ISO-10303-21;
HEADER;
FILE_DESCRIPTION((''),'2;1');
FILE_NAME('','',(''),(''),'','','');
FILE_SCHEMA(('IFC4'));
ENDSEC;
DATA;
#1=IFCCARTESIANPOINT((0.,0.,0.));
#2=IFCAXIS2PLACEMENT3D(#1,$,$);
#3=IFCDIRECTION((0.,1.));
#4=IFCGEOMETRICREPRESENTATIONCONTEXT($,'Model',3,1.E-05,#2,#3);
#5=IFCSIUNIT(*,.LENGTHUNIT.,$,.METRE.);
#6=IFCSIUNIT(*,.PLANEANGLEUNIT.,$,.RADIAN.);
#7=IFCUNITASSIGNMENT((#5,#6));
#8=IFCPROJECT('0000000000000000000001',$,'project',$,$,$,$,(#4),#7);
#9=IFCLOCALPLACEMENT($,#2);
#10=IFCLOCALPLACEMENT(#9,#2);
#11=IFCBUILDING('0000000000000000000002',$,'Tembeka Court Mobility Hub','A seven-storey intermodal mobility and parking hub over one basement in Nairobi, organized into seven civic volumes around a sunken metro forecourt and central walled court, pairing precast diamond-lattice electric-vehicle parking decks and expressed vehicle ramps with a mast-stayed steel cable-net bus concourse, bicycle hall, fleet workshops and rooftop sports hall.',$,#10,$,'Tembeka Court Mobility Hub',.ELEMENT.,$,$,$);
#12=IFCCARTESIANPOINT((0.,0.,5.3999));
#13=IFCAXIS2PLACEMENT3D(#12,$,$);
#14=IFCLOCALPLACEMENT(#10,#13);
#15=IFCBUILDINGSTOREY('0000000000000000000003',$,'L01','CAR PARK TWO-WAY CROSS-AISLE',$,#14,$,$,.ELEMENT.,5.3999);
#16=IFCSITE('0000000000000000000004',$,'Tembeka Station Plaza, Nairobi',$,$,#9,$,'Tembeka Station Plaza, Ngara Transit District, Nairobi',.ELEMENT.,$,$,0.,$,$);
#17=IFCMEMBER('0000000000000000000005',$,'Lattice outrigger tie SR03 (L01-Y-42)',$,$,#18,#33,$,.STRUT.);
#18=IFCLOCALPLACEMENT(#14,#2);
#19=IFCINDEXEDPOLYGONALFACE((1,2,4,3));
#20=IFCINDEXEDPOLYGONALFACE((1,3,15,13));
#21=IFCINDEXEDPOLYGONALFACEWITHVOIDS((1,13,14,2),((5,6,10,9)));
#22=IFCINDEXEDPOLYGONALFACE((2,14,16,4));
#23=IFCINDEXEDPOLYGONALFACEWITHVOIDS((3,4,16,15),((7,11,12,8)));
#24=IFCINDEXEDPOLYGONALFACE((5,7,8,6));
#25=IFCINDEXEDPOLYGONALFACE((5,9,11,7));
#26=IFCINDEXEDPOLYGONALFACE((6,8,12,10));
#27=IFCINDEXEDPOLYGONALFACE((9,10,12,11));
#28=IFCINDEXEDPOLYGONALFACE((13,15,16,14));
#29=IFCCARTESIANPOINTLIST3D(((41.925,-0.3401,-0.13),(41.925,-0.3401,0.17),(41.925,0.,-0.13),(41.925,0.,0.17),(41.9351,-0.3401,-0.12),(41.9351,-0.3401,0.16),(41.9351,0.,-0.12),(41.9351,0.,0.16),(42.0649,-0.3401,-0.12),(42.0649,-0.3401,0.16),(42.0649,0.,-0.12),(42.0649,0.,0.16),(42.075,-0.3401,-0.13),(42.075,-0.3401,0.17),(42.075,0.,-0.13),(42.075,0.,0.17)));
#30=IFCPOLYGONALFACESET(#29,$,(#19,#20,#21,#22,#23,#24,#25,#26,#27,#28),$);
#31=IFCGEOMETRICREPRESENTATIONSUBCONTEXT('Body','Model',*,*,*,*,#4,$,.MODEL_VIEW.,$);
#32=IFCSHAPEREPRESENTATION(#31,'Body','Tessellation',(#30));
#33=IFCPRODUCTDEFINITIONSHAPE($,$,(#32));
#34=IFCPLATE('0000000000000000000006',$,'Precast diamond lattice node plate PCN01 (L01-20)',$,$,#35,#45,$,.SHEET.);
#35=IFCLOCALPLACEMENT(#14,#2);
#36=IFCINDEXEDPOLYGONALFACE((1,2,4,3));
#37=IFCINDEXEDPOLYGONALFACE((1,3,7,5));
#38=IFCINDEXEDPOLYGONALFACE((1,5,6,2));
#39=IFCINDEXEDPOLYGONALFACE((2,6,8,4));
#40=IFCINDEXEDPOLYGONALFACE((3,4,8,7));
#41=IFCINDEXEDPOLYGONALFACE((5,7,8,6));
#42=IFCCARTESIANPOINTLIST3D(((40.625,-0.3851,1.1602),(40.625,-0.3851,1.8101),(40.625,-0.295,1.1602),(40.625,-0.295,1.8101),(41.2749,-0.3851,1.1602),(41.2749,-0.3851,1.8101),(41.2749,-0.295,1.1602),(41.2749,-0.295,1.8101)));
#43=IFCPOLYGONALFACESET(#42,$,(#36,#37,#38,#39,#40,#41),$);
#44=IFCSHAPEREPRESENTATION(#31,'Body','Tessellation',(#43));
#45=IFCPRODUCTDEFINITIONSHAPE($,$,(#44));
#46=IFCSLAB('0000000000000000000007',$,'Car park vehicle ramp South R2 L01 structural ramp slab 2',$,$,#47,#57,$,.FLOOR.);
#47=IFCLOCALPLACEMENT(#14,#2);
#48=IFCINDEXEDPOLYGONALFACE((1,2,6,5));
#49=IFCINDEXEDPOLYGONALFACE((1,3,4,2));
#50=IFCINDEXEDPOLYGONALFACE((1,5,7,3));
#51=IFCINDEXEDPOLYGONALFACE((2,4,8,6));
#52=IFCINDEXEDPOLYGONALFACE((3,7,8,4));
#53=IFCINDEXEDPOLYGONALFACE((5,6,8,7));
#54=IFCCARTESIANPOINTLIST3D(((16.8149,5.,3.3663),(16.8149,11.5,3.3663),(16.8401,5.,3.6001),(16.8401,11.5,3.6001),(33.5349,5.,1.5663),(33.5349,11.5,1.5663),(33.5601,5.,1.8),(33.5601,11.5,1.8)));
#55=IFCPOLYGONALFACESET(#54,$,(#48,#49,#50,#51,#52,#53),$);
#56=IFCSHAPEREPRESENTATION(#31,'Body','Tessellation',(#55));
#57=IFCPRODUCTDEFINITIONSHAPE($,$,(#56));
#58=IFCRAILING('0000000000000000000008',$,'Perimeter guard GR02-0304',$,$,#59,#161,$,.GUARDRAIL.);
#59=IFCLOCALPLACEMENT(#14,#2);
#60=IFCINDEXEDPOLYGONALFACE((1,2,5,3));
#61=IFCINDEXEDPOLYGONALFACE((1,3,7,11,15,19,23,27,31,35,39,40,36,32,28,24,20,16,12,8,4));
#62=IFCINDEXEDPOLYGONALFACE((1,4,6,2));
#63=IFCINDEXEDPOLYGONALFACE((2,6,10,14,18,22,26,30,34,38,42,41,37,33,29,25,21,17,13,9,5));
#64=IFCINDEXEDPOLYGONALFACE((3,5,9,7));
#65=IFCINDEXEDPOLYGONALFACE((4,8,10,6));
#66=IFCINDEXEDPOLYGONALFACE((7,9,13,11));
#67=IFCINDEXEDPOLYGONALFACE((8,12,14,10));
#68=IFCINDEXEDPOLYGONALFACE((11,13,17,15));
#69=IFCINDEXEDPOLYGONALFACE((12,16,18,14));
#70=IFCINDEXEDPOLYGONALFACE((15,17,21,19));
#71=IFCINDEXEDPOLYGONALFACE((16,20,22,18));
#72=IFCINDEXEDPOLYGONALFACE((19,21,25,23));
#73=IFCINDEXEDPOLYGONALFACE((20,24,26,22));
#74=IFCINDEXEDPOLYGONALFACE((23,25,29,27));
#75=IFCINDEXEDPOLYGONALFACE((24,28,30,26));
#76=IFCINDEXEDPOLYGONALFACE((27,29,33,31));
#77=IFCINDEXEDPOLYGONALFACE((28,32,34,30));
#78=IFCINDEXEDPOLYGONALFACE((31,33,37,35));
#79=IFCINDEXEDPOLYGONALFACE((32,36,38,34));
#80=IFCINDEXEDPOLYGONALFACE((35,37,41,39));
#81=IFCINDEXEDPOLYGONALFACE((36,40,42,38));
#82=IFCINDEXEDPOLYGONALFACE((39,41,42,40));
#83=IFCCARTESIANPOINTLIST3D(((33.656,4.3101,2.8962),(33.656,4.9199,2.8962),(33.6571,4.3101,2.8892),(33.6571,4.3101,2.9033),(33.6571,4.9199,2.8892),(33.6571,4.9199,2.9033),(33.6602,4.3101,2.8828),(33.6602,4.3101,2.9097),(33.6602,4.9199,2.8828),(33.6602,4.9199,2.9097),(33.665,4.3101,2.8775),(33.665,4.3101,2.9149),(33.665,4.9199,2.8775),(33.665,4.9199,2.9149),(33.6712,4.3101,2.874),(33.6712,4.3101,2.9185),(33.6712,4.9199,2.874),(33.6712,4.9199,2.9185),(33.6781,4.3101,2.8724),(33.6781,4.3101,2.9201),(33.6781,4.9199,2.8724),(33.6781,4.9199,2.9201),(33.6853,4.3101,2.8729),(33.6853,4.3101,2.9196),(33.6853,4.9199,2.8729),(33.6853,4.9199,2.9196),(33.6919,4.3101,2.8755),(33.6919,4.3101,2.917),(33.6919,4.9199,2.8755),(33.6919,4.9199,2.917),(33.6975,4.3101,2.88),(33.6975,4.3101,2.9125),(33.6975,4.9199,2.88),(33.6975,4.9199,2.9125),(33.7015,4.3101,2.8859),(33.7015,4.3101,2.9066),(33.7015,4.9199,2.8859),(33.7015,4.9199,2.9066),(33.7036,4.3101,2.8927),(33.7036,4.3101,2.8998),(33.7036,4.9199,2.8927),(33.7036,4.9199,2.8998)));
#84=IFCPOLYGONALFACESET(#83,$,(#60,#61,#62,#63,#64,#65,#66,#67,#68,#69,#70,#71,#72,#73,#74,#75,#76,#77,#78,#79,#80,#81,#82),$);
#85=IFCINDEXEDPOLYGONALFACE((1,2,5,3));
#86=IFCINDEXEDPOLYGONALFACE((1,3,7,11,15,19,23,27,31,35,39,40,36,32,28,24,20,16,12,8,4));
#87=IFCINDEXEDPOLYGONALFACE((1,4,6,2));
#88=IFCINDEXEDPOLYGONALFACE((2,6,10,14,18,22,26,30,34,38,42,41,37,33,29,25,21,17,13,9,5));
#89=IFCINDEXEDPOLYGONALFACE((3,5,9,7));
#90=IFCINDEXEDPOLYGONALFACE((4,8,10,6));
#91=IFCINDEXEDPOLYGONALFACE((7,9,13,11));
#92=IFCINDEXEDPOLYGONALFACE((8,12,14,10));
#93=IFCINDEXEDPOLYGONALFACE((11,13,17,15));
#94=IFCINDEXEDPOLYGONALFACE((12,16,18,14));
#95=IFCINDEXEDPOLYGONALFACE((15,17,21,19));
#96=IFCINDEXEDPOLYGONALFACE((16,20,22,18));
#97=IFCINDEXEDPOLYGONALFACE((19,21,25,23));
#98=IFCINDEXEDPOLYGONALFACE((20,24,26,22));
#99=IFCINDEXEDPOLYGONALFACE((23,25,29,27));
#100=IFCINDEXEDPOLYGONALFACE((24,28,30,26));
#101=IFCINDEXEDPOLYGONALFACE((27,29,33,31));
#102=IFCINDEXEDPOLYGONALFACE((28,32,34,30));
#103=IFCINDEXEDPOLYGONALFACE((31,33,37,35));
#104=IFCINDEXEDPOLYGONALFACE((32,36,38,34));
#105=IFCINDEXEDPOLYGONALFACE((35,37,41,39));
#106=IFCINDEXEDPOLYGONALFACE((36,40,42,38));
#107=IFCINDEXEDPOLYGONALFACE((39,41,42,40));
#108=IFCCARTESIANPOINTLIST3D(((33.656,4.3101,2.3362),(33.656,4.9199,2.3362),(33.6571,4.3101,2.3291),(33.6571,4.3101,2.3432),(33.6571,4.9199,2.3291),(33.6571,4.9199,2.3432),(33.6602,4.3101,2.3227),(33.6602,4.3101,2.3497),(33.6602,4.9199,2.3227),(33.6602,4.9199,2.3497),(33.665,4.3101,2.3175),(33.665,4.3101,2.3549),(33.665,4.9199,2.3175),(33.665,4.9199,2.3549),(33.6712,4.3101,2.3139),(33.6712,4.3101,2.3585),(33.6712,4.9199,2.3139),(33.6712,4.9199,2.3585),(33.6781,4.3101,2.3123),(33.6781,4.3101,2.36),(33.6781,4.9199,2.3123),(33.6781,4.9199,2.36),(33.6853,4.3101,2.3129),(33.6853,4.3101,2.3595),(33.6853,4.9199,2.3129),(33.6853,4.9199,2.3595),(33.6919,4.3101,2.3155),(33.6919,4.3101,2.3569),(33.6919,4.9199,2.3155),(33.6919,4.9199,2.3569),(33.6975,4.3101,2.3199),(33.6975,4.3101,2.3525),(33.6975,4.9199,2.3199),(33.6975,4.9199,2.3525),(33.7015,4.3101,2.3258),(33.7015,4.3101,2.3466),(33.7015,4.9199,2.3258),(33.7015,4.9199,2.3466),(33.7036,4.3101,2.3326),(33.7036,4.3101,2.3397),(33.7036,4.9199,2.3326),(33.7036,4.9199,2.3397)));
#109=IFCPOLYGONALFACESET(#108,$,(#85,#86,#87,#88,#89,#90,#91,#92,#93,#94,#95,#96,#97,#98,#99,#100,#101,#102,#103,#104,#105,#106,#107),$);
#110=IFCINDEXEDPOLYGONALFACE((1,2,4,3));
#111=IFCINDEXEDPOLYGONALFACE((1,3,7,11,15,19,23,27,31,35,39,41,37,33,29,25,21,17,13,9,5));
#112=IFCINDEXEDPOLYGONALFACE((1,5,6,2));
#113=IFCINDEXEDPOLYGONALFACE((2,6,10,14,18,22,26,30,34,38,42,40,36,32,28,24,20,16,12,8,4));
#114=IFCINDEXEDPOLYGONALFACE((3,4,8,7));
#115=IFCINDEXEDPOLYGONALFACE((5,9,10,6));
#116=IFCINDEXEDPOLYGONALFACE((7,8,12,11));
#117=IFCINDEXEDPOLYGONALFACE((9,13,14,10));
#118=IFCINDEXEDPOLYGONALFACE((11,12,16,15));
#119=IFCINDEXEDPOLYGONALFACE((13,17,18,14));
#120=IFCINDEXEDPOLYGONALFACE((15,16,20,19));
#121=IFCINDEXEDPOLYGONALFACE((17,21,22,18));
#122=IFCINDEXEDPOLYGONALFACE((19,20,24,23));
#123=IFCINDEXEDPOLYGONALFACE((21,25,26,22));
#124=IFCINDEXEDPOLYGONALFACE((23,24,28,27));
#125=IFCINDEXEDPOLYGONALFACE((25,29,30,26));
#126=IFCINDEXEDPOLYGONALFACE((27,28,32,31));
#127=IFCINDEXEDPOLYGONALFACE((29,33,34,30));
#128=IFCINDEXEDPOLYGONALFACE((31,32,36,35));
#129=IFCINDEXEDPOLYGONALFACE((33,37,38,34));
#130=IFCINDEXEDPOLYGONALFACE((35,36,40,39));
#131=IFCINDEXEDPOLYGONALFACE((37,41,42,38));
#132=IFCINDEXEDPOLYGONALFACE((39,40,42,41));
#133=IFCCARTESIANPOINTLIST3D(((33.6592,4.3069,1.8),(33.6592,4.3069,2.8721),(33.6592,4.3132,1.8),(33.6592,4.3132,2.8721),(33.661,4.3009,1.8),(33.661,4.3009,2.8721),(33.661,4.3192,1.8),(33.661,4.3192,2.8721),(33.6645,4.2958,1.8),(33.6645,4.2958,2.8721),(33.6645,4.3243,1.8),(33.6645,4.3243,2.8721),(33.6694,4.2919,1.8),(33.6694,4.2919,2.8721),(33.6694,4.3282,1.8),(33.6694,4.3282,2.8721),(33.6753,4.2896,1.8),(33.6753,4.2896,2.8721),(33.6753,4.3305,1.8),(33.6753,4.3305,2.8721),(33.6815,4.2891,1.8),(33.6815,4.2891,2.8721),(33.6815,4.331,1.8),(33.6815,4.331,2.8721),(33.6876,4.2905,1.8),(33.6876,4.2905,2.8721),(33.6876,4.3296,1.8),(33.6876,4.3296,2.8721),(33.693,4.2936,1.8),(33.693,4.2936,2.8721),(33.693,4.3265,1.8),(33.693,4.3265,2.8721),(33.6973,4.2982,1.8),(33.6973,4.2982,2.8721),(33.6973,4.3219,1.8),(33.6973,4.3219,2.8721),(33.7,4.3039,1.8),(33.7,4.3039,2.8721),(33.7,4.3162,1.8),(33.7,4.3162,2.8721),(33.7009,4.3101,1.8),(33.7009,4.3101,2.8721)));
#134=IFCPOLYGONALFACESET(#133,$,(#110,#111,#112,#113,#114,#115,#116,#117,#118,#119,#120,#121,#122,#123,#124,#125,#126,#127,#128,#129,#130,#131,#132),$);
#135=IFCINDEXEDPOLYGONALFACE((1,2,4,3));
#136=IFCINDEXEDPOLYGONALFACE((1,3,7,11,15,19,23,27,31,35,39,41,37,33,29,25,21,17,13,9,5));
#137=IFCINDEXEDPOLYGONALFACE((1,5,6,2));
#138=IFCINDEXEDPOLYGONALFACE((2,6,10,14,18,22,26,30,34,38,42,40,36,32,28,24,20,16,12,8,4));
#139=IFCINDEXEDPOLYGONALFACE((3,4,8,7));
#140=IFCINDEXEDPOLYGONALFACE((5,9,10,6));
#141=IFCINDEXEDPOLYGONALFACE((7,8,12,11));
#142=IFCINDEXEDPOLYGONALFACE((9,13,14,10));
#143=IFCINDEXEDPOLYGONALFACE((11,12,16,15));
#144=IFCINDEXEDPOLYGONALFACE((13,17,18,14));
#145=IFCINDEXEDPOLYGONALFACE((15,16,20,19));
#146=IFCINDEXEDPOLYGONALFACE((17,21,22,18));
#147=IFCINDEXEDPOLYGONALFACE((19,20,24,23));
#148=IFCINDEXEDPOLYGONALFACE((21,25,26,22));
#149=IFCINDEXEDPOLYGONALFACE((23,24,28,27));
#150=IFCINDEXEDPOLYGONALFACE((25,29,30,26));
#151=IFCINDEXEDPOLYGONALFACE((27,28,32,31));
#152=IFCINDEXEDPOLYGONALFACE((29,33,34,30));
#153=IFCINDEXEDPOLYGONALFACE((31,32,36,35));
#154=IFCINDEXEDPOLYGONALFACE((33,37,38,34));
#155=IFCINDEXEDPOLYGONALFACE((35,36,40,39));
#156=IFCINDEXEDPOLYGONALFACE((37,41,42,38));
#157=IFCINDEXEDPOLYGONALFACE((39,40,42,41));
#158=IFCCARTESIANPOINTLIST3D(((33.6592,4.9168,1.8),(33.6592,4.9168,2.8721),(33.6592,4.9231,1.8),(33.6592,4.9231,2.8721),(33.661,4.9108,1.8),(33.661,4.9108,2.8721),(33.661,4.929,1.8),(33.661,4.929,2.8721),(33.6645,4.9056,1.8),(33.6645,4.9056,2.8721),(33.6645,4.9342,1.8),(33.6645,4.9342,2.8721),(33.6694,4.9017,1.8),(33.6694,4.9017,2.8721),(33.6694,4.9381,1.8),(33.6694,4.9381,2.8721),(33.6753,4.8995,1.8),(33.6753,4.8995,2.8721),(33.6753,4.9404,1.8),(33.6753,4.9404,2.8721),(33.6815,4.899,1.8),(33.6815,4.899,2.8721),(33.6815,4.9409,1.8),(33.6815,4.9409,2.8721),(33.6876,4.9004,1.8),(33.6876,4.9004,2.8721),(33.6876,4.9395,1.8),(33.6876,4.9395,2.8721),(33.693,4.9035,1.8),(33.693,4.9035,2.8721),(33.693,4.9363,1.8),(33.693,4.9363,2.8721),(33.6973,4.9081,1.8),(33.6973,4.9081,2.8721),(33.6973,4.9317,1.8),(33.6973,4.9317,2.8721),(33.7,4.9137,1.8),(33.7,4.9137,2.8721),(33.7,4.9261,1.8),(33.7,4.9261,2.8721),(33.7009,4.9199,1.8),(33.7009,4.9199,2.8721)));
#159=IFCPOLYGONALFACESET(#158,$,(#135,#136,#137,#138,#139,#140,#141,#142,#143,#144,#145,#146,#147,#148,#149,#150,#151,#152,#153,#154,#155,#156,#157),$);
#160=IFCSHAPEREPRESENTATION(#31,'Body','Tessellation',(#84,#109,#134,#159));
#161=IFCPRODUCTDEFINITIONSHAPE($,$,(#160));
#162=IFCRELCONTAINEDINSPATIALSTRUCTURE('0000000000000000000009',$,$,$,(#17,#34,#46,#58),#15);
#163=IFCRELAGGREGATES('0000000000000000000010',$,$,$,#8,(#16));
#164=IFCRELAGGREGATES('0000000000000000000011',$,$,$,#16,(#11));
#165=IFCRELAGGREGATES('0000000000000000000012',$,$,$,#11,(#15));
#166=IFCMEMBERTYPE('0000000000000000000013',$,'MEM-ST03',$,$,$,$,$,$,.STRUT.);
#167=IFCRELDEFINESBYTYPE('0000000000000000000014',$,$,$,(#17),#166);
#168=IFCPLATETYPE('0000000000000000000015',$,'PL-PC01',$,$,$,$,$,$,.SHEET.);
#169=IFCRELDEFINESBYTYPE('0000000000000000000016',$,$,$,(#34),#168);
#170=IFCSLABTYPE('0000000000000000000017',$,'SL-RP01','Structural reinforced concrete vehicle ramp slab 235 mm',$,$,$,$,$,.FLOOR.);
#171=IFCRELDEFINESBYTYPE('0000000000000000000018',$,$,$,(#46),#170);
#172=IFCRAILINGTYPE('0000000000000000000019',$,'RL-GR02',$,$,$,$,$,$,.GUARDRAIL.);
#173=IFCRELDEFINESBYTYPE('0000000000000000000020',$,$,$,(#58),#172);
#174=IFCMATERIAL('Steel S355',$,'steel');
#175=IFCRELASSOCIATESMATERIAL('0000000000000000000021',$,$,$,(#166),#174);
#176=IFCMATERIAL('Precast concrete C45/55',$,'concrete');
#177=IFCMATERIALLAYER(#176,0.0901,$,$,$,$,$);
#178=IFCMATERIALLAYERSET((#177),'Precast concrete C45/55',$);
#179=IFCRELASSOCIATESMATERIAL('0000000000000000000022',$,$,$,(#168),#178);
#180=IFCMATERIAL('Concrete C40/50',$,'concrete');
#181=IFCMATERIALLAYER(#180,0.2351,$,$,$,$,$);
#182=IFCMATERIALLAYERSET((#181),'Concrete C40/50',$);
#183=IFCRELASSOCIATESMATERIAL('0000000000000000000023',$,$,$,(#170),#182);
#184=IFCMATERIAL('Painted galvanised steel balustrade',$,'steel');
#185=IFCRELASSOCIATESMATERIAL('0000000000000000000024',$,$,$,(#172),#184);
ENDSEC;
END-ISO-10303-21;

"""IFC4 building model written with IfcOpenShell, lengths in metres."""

from ifc_helpers import new_model, si_unit, direction, frame, origin, origin_2d, place, context, subcontext, project, spatial, polyline, rectangle, hollow_rectangle, circle, outline, extrude, material, layer, layer_set, material_profile, profile_set, type_object, element, save


model = new_model("IFC4")

# Units and contexts
model_context = context("Model", 3, precision=1e-05, world=origin(), true_north=direction((0.0, 1.0)))
body_context = subcontext(model_context, "Body", "Model", "MODEL_VIEW")
ifc_project = project(units=[si_unit("LENGTHUNIT", "METRE"), si_unit("PLANEANGLEUNIT", "RADIAN")], contexts=[model_context])

# Site, building, storey
site_placement = place(None, origin())
site = spatial("IfcSite", under=ifc_project, at=site_placement, Name="Tembeka Station Plaza, Nairobi", LongName="Tembeka Station Plaza, Ngara Transit District, Nairobi", CompositionType="ELEMENT", RefElevation=0.0)
building_placement = place(site_placement, origin())
building = spatial("IfcBuilding", under=site, at=building_placement, Name="Tembeka Court Mobility Hub", Description="A seven-storey intermodal mobility and parking hub over one basement in Nairobi, organized into seven civic volumes around a sunken metro forecourt and central walled court, pairing precast diamond-lattice electric-vehicle parking decks and expressed vehicle ramps with a mast-stayed steel cable-net bus concourse, bicycle hall, fleet workshops and rooftop sports hall.", LongName="Tembeka Court Mobility Hub", CompositionType="ELEMENT")
storey_placement = place(building_placement, frame((0.0, 0.0, 5.3999)))
storey = spatial("IfcBuildingStorey", under=building, at=storey_placement, Name="L01", Description="CAR PARK TWO-WAY CROSS-AISLE", CompositionType="ELEMENT", Elevation=5.3999)

# Shared definitions
ifc_material_1 = material(Name="Steel S355", Category="steel")

# Shared definitions
ifc_material_2 = material(Name="Concrete C40/50", Category="concrete")
ifc_material_3 = material(Name="Precast concrete C45/55", Category="concrete")

# Member
ifc_material_profile_1 = material_profile(ifc_material_1, hollow_rectangle(XDim=0.1499, YDim=0.3, WallThickness=0.01, at=origin_2d()), Name="RHS 300x150x10")
ifc_profile_set_1 = profile_set([ifc_material_profile_1], Name="Steel S355")
member_type_1 = type_object("IfcMemberType", Name="MEM-ST03", PredefinedType="STRUT", material=ifc_profile_set_1)
for number, where, z_axis, x_axis, name in (
    (1, (42.0, 0.0, 0.02), (0.0, -1.0, 0.0), (1.0, 0.0, 0.0), "Lattice outrigger tie SR03 (L01-Y-42)"),
):
    element("IfcMember", number, at=place(storey_placement, frame(where, z_axis=z_axis, x_axis=x_axis)), inside=storey, type_object=member_type_1, Name=name, PredefinedType="STRUT", context=body_context, shape_type="SweptSolid", body=[
        extrude(hollow_rectangle(XDim=0.1499, YDim=0.3, WallThickness=0.01, at=origin_2d()), origin(), (0.0, 0.0, 1.0), 0.3401),
    ])

# Plate
ifc_layer_1 = layer(ifc_material_3, 0.0901)
ifc_layer_set_1 = layer_set([ifc_layer_1], Name="Precast concrete C45/55")
plate_type = type_object("IfcPlateType", Name="PL-PC01", PredefinedType="SHEET", material=ifc_layer_set_1)
plate_placement = place(storey_placement, frame((40.95, -0.3401, 1.1602), z_axis=(0.0, 0.0, 1.0), x_axis=(1.0, 0.0, 0.0)))
element("IfcPlate", 2, at=plate_placement, inside=storey, type_object=plate_type, Name="Precast diamond lattice node plate PCN01 (L01-20)", PredefinedType="SHEET", context=body_context, shape_type="SweptSolid", body=[
    extrude(rectangle(XDim=0.6499, YDim=0.0901, at=origin_2d()), origin(), (0.0, 0.0, 1.0), 0.6499),
])

# Slab
ifc_layer_2 = layer(ifc_material_2, 0.2351)
ifc_layer_set_2 = layer_set([ifc_layer_2], Name="Concrete C40/50")
slab_type = type_object("IfcSlabType", Name="SL-RP01", Description="Structural reinforced concrete vehicle ramp slab 235 mm", PredefinedType="FLOOR", material=ifc_layer_set_2)
slab_placement = place(storey_placement, frame((33.5601, 5.0, 1.8), z_axis=(0.10704, 0.0, 0.994255), x_axis=(-0.994255, 0.0, 0.10704)))
element("IfcSlab", 3, at=slab_placement, inside=storey, type_object=slab_type, Name="Car park vehicle ramp South R2 L01 structural ramp slab 2", PredefinedType="FLOOR", context=body_context, shape_type="SweptSolid", body=[
    extrude(outline(polyline([(0.0, 0.0), (16.8166, 0.0), (16.8166, -6.5), (0.0, -6.5), (0.0, 0.0)])), origin(), (0.0, 0.0, -1.0), 0.2351),
])

# Railing
ifc_material_4 = material(Name="Painted galvanised steel balustrade", Category="steel")
railing_type = type_object("IfcRailingType", Name="RL-GR02", PredefinedType="GUARDRAIL", material=ifc_material_4)
railing_1_placement = place(storey_placement, frame((33.6799, 4.3101, 1.8)))
element("IfcRailing", 4, at=railing_1_placement, inside=storey, type_object=railing_type, Name="Perimeter guard GR02-0304", PredefinedType="GUARDRAIL", context=body_context, shape_type="SweptSolid", body=[
    extrude(circle(Radius=0.0239, at=origin_2d()), frame((0.0, 0.0, 1.0962), z_axis=(0.0, 1.0, 0.0), x_axis=(-1.0, 0.0, 0.0)), (0.0, 0.0, 1.0), 0.6099),
    extrude(circle(Radius=0.0239, at=origin_2d()), frame((0.0, 0.0, 0.5361), z_axis=(0.0, 1.0, 0.0), x_axis=(-1.0, 0.0, 0.0)), (0.0, 0.0, 1.0), 0.6099),
    extrude(circle(Radius=0.021, at=origin_2d()), origin(), (0.0, 0.0, 1.0), 1.072),
    extrude(circle(Radius=0.021, at=origin_2d()), frame((0.0, 0.6099, 0.0)), (0.0, 0.0, 1.0), 1.072),
])

save(model, "model.ifc")
